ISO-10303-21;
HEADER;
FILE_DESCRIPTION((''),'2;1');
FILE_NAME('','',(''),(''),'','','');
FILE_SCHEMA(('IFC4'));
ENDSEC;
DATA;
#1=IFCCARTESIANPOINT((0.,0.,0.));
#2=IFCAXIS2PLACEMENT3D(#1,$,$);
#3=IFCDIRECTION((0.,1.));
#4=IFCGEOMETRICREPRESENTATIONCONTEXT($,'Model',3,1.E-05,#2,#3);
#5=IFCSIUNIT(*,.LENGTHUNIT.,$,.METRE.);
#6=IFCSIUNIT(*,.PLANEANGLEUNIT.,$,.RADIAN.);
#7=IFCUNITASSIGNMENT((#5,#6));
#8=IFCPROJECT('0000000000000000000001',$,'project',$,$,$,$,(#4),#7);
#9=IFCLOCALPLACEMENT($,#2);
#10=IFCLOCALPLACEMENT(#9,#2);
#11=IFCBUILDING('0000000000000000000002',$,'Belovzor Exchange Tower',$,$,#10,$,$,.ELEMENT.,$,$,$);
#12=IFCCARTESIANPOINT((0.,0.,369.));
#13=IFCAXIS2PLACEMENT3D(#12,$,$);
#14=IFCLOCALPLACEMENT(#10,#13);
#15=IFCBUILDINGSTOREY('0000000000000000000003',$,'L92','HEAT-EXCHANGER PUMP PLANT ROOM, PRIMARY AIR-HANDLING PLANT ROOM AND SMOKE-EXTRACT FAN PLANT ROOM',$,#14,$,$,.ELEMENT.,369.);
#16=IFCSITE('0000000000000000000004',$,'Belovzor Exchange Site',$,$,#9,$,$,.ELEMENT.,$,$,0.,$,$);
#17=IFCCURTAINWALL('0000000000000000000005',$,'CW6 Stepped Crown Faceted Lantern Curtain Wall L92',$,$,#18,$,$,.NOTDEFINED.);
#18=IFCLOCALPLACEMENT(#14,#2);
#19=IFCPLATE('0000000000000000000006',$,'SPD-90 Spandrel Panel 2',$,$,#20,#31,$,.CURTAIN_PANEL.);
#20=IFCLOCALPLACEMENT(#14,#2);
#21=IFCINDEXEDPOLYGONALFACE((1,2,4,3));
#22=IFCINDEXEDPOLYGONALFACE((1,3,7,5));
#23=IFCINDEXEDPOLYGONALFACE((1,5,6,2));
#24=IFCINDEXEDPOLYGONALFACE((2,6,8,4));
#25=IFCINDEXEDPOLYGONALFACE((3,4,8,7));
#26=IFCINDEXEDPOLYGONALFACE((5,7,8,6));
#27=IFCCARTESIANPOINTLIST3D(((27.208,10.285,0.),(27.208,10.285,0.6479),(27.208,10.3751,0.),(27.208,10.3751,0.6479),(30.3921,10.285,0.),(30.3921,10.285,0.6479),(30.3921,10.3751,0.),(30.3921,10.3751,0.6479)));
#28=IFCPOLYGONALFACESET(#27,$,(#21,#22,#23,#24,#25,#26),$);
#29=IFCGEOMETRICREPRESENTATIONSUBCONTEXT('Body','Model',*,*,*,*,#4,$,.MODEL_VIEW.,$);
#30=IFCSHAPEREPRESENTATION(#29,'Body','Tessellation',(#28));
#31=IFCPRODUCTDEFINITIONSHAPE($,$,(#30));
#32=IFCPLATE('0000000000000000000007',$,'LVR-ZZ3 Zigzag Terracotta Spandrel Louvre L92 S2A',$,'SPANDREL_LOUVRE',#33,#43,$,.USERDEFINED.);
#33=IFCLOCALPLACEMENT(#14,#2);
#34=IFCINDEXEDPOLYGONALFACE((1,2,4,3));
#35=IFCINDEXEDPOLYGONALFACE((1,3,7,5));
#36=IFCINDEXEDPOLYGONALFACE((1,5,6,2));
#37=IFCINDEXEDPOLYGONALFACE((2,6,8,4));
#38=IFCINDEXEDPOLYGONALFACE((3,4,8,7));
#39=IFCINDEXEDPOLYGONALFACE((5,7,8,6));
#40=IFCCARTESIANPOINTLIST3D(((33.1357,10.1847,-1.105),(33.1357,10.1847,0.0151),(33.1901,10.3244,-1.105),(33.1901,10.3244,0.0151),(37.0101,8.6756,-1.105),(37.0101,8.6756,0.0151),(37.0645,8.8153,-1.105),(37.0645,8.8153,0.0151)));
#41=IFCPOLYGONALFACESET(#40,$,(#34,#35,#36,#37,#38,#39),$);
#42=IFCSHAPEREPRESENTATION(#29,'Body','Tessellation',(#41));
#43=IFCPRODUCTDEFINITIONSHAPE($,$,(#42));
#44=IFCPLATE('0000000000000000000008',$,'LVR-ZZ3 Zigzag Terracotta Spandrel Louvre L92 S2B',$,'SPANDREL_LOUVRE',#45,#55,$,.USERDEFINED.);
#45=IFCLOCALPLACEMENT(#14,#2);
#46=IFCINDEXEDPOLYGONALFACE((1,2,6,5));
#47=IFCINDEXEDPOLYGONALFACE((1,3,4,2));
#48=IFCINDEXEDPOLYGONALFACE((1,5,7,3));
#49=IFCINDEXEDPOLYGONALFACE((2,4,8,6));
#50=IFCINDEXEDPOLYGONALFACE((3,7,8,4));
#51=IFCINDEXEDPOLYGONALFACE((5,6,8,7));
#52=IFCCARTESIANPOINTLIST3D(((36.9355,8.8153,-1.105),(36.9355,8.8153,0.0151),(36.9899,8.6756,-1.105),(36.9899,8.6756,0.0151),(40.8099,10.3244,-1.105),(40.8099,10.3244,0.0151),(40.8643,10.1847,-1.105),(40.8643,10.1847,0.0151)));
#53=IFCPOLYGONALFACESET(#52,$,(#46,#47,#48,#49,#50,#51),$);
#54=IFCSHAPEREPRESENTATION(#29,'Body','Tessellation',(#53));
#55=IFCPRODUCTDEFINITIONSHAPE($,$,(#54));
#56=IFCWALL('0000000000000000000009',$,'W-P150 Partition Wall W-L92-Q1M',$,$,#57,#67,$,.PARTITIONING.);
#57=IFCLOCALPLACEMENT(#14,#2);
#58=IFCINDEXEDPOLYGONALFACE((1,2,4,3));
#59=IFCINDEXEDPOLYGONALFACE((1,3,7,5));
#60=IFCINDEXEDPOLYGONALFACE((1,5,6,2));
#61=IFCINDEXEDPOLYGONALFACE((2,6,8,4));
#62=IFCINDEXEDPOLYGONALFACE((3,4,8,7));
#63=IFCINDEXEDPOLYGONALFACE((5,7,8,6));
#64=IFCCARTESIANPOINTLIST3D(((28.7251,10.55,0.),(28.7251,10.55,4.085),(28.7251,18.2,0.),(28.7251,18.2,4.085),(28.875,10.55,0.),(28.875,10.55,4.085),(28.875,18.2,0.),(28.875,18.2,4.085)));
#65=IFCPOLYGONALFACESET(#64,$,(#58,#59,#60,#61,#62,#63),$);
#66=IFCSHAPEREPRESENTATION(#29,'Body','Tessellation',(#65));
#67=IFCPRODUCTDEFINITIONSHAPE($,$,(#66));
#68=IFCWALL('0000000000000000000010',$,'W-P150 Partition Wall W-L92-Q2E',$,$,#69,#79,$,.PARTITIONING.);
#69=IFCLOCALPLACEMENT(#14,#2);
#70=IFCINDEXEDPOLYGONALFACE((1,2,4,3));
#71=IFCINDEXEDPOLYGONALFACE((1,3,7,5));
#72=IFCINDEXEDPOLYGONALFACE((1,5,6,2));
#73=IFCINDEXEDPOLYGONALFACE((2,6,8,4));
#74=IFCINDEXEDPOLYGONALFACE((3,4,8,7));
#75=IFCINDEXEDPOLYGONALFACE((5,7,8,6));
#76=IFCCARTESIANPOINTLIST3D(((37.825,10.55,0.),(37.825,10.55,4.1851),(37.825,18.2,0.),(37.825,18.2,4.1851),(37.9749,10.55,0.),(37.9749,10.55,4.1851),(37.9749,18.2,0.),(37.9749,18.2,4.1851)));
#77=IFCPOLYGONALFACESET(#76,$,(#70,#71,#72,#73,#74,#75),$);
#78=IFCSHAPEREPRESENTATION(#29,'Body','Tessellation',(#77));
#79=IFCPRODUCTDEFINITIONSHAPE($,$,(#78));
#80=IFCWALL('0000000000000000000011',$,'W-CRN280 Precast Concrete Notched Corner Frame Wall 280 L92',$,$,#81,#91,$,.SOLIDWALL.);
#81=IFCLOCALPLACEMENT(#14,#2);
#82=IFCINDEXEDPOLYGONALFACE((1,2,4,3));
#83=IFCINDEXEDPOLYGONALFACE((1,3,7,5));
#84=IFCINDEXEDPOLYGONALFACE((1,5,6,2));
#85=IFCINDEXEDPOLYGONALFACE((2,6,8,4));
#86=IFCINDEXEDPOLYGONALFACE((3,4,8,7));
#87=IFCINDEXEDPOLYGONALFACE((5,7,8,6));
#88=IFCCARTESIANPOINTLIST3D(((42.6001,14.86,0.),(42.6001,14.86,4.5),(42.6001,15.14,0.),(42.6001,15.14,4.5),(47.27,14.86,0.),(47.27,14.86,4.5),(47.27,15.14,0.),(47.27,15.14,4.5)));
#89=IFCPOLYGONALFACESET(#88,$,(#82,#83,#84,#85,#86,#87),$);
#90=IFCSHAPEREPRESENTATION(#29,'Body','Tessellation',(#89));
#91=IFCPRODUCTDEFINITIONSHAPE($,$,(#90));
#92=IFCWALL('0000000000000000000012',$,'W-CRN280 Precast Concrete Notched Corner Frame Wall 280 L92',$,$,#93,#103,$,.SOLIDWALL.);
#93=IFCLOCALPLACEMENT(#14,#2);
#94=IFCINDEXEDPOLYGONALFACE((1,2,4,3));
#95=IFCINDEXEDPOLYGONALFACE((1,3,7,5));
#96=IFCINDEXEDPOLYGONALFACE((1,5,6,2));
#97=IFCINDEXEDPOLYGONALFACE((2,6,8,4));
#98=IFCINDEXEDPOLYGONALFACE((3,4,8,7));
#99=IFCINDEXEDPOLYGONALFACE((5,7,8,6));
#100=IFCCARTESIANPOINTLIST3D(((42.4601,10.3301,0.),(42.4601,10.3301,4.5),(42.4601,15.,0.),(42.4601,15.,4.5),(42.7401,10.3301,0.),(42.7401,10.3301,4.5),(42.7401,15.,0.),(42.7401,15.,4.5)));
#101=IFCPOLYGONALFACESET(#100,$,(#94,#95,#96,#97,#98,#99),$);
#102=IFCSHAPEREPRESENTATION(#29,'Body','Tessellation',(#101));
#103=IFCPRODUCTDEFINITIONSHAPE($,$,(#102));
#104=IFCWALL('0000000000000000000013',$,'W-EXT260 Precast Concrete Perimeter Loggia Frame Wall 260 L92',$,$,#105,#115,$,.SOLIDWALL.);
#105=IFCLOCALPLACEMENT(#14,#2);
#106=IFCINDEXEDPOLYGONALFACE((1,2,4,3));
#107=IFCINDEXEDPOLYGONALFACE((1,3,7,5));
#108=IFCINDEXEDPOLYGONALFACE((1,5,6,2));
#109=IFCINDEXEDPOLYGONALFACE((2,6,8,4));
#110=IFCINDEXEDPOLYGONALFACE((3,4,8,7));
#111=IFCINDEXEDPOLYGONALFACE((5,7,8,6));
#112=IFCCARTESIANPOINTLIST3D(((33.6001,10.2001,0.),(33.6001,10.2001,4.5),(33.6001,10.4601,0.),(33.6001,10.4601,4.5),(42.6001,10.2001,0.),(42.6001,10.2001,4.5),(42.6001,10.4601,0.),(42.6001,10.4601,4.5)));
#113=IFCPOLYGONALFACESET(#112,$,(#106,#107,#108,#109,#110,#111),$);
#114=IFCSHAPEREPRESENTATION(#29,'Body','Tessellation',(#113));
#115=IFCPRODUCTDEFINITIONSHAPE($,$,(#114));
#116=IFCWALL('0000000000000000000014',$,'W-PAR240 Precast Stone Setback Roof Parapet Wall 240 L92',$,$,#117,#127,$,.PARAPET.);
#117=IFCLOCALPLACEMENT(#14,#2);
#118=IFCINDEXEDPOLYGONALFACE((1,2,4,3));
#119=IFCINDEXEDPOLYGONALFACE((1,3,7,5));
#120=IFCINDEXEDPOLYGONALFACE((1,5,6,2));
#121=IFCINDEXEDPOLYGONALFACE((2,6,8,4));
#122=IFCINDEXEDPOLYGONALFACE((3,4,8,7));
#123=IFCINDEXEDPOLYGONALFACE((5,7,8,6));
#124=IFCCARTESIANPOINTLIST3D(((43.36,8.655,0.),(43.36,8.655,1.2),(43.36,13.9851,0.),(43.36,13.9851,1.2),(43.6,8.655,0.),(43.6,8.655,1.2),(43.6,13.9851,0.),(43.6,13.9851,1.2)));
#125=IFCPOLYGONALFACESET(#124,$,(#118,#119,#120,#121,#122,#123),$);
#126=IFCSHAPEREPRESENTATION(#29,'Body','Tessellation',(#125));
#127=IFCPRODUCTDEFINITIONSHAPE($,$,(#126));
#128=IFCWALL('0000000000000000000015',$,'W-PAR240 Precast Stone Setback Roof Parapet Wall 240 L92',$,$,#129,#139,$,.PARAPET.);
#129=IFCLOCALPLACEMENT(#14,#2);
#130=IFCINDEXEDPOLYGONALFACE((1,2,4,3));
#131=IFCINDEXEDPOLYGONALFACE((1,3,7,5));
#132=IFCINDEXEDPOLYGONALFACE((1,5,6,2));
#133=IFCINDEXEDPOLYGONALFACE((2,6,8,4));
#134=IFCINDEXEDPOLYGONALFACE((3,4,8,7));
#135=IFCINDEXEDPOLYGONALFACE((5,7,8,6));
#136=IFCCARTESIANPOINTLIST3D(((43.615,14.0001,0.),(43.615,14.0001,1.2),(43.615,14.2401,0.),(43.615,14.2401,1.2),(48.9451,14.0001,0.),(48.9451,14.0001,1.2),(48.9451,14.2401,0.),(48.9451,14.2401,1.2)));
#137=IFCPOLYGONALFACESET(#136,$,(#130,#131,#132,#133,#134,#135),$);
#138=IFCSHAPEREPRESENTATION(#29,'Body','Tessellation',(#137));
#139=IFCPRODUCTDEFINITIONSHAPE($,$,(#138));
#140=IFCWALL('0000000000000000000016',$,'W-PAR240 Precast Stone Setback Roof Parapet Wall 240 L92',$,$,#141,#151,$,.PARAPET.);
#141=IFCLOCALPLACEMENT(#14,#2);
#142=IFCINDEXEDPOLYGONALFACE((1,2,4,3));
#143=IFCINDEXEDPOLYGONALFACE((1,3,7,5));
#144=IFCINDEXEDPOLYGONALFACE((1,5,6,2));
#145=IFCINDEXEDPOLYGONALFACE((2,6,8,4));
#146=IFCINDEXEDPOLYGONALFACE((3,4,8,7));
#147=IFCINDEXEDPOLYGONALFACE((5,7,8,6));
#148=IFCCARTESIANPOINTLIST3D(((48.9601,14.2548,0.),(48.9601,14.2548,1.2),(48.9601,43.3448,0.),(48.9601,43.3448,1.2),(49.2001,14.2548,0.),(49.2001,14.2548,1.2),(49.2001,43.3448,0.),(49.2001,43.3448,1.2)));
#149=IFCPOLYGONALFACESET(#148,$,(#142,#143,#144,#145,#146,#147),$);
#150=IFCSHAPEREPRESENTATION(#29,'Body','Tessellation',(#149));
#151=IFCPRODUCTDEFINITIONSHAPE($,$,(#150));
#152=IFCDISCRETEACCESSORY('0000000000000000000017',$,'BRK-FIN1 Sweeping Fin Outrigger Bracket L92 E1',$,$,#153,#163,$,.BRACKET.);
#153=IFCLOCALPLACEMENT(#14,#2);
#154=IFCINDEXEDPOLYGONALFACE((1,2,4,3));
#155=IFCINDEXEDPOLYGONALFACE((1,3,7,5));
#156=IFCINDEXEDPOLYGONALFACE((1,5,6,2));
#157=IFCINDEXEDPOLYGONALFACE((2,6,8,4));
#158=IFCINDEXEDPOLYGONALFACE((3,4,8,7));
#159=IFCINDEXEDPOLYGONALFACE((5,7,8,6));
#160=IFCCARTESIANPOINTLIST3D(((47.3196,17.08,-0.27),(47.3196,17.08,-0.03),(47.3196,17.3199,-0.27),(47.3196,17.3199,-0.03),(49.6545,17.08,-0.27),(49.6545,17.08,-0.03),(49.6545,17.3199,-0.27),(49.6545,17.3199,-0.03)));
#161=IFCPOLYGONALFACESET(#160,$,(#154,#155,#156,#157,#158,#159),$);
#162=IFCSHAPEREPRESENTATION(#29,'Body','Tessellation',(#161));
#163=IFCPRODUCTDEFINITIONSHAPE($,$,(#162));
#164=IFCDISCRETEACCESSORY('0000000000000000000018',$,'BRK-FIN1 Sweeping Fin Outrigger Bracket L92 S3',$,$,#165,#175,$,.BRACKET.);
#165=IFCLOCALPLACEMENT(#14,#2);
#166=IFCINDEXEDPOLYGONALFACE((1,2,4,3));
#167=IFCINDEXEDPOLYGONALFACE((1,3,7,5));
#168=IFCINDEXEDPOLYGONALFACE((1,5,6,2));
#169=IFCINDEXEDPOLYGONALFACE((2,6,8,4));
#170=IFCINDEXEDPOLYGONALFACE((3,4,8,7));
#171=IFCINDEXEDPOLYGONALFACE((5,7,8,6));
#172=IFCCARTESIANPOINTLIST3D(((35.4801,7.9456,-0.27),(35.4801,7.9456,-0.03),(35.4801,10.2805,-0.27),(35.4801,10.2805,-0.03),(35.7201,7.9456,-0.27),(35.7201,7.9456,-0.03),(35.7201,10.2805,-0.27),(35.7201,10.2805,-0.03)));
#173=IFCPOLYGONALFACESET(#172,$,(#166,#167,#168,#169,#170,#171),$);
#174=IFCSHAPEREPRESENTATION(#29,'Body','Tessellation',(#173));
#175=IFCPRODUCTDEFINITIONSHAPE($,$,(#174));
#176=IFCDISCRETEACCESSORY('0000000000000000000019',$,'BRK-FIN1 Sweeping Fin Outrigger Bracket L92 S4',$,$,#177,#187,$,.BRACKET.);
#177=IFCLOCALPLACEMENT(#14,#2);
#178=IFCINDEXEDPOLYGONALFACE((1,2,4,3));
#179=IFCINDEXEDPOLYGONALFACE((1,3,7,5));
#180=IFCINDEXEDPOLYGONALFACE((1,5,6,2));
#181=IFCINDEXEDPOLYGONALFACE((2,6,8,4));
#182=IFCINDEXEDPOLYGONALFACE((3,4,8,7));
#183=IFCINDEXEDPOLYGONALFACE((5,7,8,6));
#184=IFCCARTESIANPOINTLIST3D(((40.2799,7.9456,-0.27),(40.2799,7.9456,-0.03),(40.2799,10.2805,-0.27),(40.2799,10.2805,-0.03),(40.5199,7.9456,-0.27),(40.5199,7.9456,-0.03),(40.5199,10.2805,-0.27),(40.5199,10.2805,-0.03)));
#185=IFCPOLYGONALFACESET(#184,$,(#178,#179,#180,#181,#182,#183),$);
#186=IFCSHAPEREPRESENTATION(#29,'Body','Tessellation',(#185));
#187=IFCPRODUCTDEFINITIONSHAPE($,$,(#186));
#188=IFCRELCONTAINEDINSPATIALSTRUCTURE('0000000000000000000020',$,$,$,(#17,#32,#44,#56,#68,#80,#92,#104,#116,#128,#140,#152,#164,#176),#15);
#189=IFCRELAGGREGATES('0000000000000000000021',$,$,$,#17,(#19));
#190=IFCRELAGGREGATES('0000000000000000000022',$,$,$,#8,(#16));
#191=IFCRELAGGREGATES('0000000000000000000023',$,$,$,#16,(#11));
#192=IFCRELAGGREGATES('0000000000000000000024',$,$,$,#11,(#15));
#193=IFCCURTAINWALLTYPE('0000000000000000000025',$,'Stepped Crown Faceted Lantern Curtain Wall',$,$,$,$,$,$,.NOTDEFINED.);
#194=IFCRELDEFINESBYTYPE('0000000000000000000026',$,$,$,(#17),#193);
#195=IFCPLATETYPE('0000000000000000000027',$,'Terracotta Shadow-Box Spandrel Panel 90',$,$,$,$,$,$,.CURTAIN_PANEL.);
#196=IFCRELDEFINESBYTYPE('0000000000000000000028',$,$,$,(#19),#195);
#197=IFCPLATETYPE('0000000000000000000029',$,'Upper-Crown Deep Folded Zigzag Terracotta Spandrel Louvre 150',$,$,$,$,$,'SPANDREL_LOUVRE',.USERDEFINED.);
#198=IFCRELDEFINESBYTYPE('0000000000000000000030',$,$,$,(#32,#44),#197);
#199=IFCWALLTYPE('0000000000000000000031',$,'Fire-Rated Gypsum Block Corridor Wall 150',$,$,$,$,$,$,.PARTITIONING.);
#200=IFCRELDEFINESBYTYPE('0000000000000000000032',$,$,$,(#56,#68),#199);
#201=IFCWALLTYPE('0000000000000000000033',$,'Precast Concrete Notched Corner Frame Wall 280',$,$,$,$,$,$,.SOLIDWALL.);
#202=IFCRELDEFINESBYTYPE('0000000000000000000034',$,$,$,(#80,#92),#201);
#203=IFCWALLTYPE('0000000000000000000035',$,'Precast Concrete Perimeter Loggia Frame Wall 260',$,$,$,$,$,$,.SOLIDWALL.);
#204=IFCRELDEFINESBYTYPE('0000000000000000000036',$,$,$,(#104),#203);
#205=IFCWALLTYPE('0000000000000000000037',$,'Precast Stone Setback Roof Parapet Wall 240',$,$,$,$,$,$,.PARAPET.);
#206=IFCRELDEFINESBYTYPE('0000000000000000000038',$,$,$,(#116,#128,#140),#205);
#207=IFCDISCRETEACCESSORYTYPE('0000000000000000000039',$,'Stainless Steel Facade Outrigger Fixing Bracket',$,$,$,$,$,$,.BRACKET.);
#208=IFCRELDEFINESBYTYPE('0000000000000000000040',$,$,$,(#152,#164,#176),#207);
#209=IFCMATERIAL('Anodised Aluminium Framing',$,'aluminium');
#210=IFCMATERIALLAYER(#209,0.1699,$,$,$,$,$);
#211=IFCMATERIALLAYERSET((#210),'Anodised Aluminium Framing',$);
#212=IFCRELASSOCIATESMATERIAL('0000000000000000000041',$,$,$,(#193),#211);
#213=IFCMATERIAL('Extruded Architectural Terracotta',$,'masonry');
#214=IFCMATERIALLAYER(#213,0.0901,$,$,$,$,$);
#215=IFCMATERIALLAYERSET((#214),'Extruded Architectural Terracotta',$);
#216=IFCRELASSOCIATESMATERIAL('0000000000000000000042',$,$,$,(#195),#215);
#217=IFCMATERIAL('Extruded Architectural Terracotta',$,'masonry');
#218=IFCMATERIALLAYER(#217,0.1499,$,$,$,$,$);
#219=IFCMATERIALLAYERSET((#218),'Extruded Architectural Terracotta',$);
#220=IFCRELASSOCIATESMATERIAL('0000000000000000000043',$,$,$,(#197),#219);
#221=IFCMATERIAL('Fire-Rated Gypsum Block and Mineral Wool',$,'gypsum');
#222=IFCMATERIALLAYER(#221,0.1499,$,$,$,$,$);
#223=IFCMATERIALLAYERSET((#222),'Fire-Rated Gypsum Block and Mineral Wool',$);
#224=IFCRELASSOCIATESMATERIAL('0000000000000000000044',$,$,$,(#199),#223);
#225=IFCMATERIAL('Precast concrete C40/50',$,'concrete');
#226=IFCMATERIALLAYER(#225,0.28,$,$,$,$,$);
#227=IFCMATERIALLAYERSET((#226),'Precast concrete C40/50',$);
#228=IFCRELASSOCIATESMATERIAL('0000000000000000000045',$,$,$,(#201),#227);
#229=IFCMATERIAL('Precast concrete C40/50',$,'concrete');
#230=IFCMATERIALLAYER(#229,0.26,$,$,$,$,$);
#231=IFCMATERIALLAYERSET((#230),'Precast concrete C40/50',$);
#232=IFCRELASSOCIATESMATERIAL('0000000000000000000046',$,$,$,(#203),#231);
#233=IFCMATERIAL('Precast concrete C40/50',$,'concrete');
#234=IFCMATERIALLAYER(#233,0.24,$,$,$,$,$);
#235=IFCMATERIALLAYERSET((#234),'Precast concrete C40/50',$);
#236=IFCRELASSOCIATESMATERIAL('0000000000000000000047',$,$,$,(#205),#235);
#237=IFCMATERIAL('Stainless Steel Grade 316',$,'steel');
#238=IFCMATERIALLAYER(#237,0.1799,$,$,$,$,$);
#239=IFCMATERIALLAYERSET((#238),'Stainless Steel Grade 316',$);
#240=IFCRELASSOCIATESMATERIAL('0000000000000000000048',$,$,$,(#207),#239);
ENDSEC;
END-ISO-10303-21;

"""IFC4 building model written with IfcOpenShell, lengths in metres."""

from ifc_helpers import new_model, si_unit, direction, frame, frame_2d, origin, origin_2d, place, context, subcontext, project, spatial, rectangle, extrude, material, layer, layer_set, type_object, element, aggregate, save


model = new_model("IFC4")

# Units and contexts
model_context = context("Model", 3, precision=1e-05, world=origin(), true_north=direction((0.0, 1.0)))
body_context = subcontext(model_context, "Body", "Model", "MODEL_VIEW")
ifc_project = project(units=[si_unit("LENGTHUNIT", "METRE"), si_unit("PLANEANGLEUNIT", "RADIAN")], contexts=[model_context])

# Site, building, storey
site_placement = place(None, origin())
site = spatial("IfcSite", under=ifc_project, at=site_placement, Name="Belovzor Exchange Site", CompositionType="ELEMENT", RefElevation=0.0)
building_placement = place(site_placement, origin())
building = spatial("IfcBuilding", under=site, at=building_placement, Name="Belovzor Exchange Tower", CompositionType="ELEMENT")
storey_placement = place(building_placement, frame((0.0, 0.0, 369.0)))
storey = spatial("IfcBuildingStorey", under=building, at=storey_placement, Name="L92", Description="HEAT-EXCHANGER PUMP PLANT ROOM, PRIMARY AIR-HANDLING PLANT ROOM AND SMOKE-EXTRACT FAN PLANT ROOM", CompositionType="ELEMENT", Elevation=369.0)

# Curtain wall
ifc_material_1 = material(Name="Anodised Aluminium Framing", Category="aluminium")
ifc_layer_1 = layer(ifc_material_1, 0.1699)
ifc_layer_set_1 = layer_set([ifc_layer_1], Name="Anodised Aluminium Framing")
curtain_wall_type = type_object("IfcCurtainWallType", Name="Stepped Crown Faceted Lantern Curtain Wall", PredefinedType="NOTDEFINED", material=ifc_layer_set_1)
curtain_wall_placement = place(storey_placement, origin())
curtain_wall = element("IfcCurtainWall", 1, at=curtain_wall_placement, inside=storey, type_object=curtain_wall_type, Name="CW6 Stepped Crown Faceted Lantern Curtain Wall L92", PredefinedType="NOTDEFINED")

# Plate
ifc_material_2 = material(Name="Extruded Architectural Terracotta", Category="masonry")
ifc_layer_2 = layer(ifc_material_2, 0.0901)
ifc_layer_set_2 = layer_set([ifc_layer_2], Name="Extruded Architectural Terracotta")
plate_type_1 = type_object("IfcPlateType", Name="Terracotta Shadow-Box Spandrel Panel 90", PredefinedType="CURTAIN_PANEL", material=ifc_layer_set_2)
plate_1_placement = place(storey_placement, frame((28.8, 10.3301, 0.0), z_axis=(0.0, 0.0, 1.0), x_axis=(-1.0, 0.0, 0.0)))
plate_1 = element("IfcPlate", 2, at=plate_1_placement, type_object=plate_type_1, Name="SPD-90 Spandrel Panel 2", PredefinedType="CURTAIN_PANEL", context=body_context, shape_type="SweptSolid", body=[
    extrude(rectangle(XDim=3.1841, YDim=0.0901, at=origin_2d()), origin(), (0.0, 0.0, 1.0), 0.6479),
])
aggregate(curtain_wall, [plate_1])

# Plates
ifc_material_3 = material(Name="Extruded Architectural Terracotta", Category="masonry")
ifc_layer_3 = layer(ifc_material_3, 0.1499)
ifc_layer_set_3 = layer_set([ifc_layer_3], Name="Extruded Architectural Terracotta")
plate_type_2 = type_object("IfcPlateType", Name="Upper-Crown Deep Folded Zigzag Terracotta Spandrel Louvre 150", ElementType="SPANDREL_LOUVRE", PredefinedType="USERDEFINED", material=ifc_layer_set_3)
for number, where, z_axis, x_axis, name in (
    (3, (35.1001, 9.5, -1.105), (0.0, 0.0, 1.0), (0.931818, -0.362926, 0.0), "LVR-ZZ3 Zigzag Terracotta Spandrel Louvre L92 S2A"),
    (4, (38.8999, 9.5, -1.105), (0.0, 0.0, 1.0), (0.931818, 0.362926, 0.0), "LVR-ZZ3 Zigzag Terracotta Spandrel Louvre L92 S2B"),
):
    element("IfcPlate", number, at=place(storey_placement, frame(where, z_axis=z_axis, x_axis=x_axis)), inside=storey, type_object=plate_type_2, Name=name, ObjectType="SPANDREL_LOUVRE", PredefinedType="USERDEFINED", context=body_context, shape_type="SweptSolid", body=[
        extrude(rectangle(XDim=4.158, YDim=0.1499, at=origin_2d()), origin(), (0.0, 0.0, 1.0), 1.1201),
    ])

# Walls
ifc_material_4 = material(Name="Fire-Rated Gypsum Block and Mineral Wool", Category="gypsum")
ifc_layer_4 = layer(ifc_material_4, 0.1499)
ifc_layer_set_4 = layer_set([ifc_layer_4], Name="Fire-Rated Gypsum Block and Mineral Wool")
wall_type_1 = type_object("IfcWallType", Name="Fire-Rated Gypsum Block Corridor Wall 150", PredefinedType="PARTITIONING", material=ifc_layer_set_4)
wall_1_placement = place(storey_placement, frame((28.8, 10.55, 0.0), z_axis=(0.0, 0.0, 1.0), x_axis=(0.0, 1.0, 0.0)))
element("IfcWall", 5, at=wall_1_placement, inside=storey, type_object=wall_type_1, Name="W-P150 Partition Wall W-L92-Q1M", PredefinedType="PARTITIONING", context=body_context, shape_type="SweptSolid", body=[
    extrude(rectangle(XDim=7.6499, YDim=0.1499, at=frame_2d((3.825, 0.0))), origin(), (0.0, 0.0, 1.0), 4.085),
])
wall_2_placement = place(storey_placement, frame((37.8999, 10.55, 0.0), z_axis=(0.0, 0.0, 1.0), x_axis=(0.0, 1.0, 0.0)))
element("IfcWall", 6, at=wall_2_placement, inside=storey, type_object=wall_type_1, Name="W-P150 Partition Wall W-L92-Q2E", PredefinedType="PARTITIONING", context=body_context, shape_type="SweptSolid", body=[
    extrude(rectangle(XDim=7.6499, YDim=0.1499, at=frame_2d((3.825, 0.0))), origin(), (0.0, 0.0, 1.0), 4.1851),
])
ifc_material_5 = material(Name="Precast concrete C40/50", Category="concrete")
ifc_layer_5 = layer(ifc_material_5, 0.28)
ifc_layer_set_5 = layer_set([ifc_layer_5], Name="Precast concrete C40/50")
wall_type_2 = type_object("IfcWallType", Name="Precast Concrete Notched Corner Frame Wall 280", PredefinedType="SOLIDWALL", material=ifc_layer_set_5)
for number, where, z_axis, x_axis, name in (
    (7, (47.27, 15.0, 0.0), (0.0, 0.0, 1.0), (-1.0, 0.0, 0.0), "W-CRN280 Precast Concrete Notched Corner Frame Wall 280 L92"),
    (8, (42.6001, 15.0, 0.0), (0.0, 0.0, 1.0), (0.0, -1.0, 0.0), "W-CRN280 Precast Concrete Notched Corner Frame Wall 280 L92"),
):
    element("IfcWall", number, at=place(storey_placement, frame(where, z_axis=z_axis, x_axis=x_axis)), inside=storey, type_object=wall_type_2, Name=name, PredefinedType="SOLIDWALL", context=body_context, shape_type="SweptSolid", body=[
        extrude(rectangle(XDim=4.6699, YDim=0.28, at=frame_2d((2.335, 0.0))), origin(), (0.0, 0.0, 1.0), 4.5),
    ])
ifc_material_6 = material(Name="Precast concrete C40/50", Category="concrete")
ifc_layer_6 = layer(ifc_material_6, 0.26)
ifc_layer_set_6 = layer_set([ifc_layer_6], Name="Precast concrete C40/50")
wall_type_3 = type_object("IfcWallType", Name="Precast Concrete Perimeter Loggia Frame Wall 260", PredefinedType="SOLIDWALL", material=ifc_layer_set_6)
wall_3_placement = place(storey_placement, frame((42.6001, 10.3301, 0.0), z_axis=(0.0, 0.0, 1.0), x_axis=(-1.0, 0.0, 0.0)))
element("IfcWall", 9, at=wall_3_placement, inside=storey, type_object=wall_type_3, Name="W-EXT260 Precast Concrete Perimeter Loggia Frame Wall 260 L92", PredefinedType="SOLIDWALL", context=body_context, shape_type="SweptSolid", body=[
    extrude(rectangle(XDim=9.0, YDim=0.26, at=frame_2d((4.5, 0.0))), origin(), (0.0, 0.0, 1.0), 4.5),
])
ifc_material_7 = material(Name="Precast concrete C40/50", Category="concrete")
ifc_layer_7 = layer(ifc_material_7, 0.24)
ifc_layer_set_7 = layer_set([ifc_layer_7], Name="Precast concrete C40/50")
wall_type_4 = type_object("IfcWallType", Name="Precast Stone Setback Roof Parapet Wall 240", PredefinedType="PARAPET", material=ifc_layer_set_7)
for number, where, z_axis, x_axis, name in (
    (10, (43.48, 8.655, 0.0), (0.0, 0.0, 1.0), (0.0, 1.0, 0.0), "W-PAR240 Precast Stone Setback Roof Parapet Wall 240 L92"),
    (11, (43.615, 14.1201, 0.0), (0.0, 0.0, 1.0), (1.0, 0.0, 0.0), "W-PAR240 Precast Stone Setback Roof Parapet Wall 240 L92"),
):
    element("IfcWall", number, at=place(storey_placement, frame(where, z_axis=z_axis, x_axis=x_axis)), inside=storey, type_object=wall_type_4, Name=name, PredefinedType="PARAPET", context=body_context, shape_type="SweptSolid", body=[
        extrude(rectangle(XDim=5.3301, YDim=0.24, at=frame_2d((2.665, 0.0))), origin(), (0.0, 0.0, 1.0), 1.2),
    ])
wall_4_placement = place(storey_placement, frame((49.0801, 14.2549, 0.0), z_axis=(0.0, 0.0, 1.0), x_axis=(0.0, 1.0, 0.0)))
element("IfcWall", 12, at=wall_4_placement, inside=storey, type_object=wall_type_4, Name="W-PAR240 Precast Stone Setback Roof Parapet Wall 240 L92", PredefinedType="PARAPET", context=body_context, shape_type="SweptSolid", body=[
    extrude(rectangle(XDim=29.0901, YDim=0.24, at=frame_2d((14.5449, 0.0))), origin(), (0.0, 0.0, 1.0), 1.2),
])

# Discrete accessories
ifc_material_8 = material(Name="Stainless Steel Grade 316", Category="steel")
ifc_layer_8 = layer(ifc_material_8, 0.1799)
ifc_layer_set_8 = layer_set([ifc_layer_8], Name="Stainless Steel Grade 316")
discrete_accessory_type = type_object("IfcDiscreteAccessoryType", Name="Stainless Steel Facade Outrigger Fixing Bracket", PredefinedType="BRACKET", material=ifc_layer_set_8)
for number, where, z_axis, x_axis, name in (
    (13, (48.4871, 17.2, -0.27), (0.0, 0.0, 1.0), (1.0, 0.0, 0.0), "BRK-FIN1 Sweeping Fin Outrigger Bracket L92 E1"),
    (14, (35.6001, 9.113, -0.27), (0.0, 0.0, 1.0), (0.0, 1.0, 0.0), "BRK-FIN1 Sweeping Fin Outrigger Bracket L92 S3"),
    (15, (40.3999, 9.113, -0.27), (0.0, 0.0, 1.0), (0.0, 1.0, 0.0), "BRK-FIN1 Sweeping Fin Outrigger Bracket L92 S4"),
):
    element("IfcDiscreteAccessory", number, at=place(storey_placement, frame(where, z_axis=z_axis, x_axis=x_axis)), inside=storey, type_object=discrete_accessory_type, Name=name, PredefinedType="BRACKET", context=body_context, shape_type="SweptSolid", body=[
        extrude(rectangle(XDim=2.335, YDim=0.24, at=origin_2d()), origin(), (0.0, 0.0, 1.0), 0.24),
    ])

save(model, "model.ifc")
